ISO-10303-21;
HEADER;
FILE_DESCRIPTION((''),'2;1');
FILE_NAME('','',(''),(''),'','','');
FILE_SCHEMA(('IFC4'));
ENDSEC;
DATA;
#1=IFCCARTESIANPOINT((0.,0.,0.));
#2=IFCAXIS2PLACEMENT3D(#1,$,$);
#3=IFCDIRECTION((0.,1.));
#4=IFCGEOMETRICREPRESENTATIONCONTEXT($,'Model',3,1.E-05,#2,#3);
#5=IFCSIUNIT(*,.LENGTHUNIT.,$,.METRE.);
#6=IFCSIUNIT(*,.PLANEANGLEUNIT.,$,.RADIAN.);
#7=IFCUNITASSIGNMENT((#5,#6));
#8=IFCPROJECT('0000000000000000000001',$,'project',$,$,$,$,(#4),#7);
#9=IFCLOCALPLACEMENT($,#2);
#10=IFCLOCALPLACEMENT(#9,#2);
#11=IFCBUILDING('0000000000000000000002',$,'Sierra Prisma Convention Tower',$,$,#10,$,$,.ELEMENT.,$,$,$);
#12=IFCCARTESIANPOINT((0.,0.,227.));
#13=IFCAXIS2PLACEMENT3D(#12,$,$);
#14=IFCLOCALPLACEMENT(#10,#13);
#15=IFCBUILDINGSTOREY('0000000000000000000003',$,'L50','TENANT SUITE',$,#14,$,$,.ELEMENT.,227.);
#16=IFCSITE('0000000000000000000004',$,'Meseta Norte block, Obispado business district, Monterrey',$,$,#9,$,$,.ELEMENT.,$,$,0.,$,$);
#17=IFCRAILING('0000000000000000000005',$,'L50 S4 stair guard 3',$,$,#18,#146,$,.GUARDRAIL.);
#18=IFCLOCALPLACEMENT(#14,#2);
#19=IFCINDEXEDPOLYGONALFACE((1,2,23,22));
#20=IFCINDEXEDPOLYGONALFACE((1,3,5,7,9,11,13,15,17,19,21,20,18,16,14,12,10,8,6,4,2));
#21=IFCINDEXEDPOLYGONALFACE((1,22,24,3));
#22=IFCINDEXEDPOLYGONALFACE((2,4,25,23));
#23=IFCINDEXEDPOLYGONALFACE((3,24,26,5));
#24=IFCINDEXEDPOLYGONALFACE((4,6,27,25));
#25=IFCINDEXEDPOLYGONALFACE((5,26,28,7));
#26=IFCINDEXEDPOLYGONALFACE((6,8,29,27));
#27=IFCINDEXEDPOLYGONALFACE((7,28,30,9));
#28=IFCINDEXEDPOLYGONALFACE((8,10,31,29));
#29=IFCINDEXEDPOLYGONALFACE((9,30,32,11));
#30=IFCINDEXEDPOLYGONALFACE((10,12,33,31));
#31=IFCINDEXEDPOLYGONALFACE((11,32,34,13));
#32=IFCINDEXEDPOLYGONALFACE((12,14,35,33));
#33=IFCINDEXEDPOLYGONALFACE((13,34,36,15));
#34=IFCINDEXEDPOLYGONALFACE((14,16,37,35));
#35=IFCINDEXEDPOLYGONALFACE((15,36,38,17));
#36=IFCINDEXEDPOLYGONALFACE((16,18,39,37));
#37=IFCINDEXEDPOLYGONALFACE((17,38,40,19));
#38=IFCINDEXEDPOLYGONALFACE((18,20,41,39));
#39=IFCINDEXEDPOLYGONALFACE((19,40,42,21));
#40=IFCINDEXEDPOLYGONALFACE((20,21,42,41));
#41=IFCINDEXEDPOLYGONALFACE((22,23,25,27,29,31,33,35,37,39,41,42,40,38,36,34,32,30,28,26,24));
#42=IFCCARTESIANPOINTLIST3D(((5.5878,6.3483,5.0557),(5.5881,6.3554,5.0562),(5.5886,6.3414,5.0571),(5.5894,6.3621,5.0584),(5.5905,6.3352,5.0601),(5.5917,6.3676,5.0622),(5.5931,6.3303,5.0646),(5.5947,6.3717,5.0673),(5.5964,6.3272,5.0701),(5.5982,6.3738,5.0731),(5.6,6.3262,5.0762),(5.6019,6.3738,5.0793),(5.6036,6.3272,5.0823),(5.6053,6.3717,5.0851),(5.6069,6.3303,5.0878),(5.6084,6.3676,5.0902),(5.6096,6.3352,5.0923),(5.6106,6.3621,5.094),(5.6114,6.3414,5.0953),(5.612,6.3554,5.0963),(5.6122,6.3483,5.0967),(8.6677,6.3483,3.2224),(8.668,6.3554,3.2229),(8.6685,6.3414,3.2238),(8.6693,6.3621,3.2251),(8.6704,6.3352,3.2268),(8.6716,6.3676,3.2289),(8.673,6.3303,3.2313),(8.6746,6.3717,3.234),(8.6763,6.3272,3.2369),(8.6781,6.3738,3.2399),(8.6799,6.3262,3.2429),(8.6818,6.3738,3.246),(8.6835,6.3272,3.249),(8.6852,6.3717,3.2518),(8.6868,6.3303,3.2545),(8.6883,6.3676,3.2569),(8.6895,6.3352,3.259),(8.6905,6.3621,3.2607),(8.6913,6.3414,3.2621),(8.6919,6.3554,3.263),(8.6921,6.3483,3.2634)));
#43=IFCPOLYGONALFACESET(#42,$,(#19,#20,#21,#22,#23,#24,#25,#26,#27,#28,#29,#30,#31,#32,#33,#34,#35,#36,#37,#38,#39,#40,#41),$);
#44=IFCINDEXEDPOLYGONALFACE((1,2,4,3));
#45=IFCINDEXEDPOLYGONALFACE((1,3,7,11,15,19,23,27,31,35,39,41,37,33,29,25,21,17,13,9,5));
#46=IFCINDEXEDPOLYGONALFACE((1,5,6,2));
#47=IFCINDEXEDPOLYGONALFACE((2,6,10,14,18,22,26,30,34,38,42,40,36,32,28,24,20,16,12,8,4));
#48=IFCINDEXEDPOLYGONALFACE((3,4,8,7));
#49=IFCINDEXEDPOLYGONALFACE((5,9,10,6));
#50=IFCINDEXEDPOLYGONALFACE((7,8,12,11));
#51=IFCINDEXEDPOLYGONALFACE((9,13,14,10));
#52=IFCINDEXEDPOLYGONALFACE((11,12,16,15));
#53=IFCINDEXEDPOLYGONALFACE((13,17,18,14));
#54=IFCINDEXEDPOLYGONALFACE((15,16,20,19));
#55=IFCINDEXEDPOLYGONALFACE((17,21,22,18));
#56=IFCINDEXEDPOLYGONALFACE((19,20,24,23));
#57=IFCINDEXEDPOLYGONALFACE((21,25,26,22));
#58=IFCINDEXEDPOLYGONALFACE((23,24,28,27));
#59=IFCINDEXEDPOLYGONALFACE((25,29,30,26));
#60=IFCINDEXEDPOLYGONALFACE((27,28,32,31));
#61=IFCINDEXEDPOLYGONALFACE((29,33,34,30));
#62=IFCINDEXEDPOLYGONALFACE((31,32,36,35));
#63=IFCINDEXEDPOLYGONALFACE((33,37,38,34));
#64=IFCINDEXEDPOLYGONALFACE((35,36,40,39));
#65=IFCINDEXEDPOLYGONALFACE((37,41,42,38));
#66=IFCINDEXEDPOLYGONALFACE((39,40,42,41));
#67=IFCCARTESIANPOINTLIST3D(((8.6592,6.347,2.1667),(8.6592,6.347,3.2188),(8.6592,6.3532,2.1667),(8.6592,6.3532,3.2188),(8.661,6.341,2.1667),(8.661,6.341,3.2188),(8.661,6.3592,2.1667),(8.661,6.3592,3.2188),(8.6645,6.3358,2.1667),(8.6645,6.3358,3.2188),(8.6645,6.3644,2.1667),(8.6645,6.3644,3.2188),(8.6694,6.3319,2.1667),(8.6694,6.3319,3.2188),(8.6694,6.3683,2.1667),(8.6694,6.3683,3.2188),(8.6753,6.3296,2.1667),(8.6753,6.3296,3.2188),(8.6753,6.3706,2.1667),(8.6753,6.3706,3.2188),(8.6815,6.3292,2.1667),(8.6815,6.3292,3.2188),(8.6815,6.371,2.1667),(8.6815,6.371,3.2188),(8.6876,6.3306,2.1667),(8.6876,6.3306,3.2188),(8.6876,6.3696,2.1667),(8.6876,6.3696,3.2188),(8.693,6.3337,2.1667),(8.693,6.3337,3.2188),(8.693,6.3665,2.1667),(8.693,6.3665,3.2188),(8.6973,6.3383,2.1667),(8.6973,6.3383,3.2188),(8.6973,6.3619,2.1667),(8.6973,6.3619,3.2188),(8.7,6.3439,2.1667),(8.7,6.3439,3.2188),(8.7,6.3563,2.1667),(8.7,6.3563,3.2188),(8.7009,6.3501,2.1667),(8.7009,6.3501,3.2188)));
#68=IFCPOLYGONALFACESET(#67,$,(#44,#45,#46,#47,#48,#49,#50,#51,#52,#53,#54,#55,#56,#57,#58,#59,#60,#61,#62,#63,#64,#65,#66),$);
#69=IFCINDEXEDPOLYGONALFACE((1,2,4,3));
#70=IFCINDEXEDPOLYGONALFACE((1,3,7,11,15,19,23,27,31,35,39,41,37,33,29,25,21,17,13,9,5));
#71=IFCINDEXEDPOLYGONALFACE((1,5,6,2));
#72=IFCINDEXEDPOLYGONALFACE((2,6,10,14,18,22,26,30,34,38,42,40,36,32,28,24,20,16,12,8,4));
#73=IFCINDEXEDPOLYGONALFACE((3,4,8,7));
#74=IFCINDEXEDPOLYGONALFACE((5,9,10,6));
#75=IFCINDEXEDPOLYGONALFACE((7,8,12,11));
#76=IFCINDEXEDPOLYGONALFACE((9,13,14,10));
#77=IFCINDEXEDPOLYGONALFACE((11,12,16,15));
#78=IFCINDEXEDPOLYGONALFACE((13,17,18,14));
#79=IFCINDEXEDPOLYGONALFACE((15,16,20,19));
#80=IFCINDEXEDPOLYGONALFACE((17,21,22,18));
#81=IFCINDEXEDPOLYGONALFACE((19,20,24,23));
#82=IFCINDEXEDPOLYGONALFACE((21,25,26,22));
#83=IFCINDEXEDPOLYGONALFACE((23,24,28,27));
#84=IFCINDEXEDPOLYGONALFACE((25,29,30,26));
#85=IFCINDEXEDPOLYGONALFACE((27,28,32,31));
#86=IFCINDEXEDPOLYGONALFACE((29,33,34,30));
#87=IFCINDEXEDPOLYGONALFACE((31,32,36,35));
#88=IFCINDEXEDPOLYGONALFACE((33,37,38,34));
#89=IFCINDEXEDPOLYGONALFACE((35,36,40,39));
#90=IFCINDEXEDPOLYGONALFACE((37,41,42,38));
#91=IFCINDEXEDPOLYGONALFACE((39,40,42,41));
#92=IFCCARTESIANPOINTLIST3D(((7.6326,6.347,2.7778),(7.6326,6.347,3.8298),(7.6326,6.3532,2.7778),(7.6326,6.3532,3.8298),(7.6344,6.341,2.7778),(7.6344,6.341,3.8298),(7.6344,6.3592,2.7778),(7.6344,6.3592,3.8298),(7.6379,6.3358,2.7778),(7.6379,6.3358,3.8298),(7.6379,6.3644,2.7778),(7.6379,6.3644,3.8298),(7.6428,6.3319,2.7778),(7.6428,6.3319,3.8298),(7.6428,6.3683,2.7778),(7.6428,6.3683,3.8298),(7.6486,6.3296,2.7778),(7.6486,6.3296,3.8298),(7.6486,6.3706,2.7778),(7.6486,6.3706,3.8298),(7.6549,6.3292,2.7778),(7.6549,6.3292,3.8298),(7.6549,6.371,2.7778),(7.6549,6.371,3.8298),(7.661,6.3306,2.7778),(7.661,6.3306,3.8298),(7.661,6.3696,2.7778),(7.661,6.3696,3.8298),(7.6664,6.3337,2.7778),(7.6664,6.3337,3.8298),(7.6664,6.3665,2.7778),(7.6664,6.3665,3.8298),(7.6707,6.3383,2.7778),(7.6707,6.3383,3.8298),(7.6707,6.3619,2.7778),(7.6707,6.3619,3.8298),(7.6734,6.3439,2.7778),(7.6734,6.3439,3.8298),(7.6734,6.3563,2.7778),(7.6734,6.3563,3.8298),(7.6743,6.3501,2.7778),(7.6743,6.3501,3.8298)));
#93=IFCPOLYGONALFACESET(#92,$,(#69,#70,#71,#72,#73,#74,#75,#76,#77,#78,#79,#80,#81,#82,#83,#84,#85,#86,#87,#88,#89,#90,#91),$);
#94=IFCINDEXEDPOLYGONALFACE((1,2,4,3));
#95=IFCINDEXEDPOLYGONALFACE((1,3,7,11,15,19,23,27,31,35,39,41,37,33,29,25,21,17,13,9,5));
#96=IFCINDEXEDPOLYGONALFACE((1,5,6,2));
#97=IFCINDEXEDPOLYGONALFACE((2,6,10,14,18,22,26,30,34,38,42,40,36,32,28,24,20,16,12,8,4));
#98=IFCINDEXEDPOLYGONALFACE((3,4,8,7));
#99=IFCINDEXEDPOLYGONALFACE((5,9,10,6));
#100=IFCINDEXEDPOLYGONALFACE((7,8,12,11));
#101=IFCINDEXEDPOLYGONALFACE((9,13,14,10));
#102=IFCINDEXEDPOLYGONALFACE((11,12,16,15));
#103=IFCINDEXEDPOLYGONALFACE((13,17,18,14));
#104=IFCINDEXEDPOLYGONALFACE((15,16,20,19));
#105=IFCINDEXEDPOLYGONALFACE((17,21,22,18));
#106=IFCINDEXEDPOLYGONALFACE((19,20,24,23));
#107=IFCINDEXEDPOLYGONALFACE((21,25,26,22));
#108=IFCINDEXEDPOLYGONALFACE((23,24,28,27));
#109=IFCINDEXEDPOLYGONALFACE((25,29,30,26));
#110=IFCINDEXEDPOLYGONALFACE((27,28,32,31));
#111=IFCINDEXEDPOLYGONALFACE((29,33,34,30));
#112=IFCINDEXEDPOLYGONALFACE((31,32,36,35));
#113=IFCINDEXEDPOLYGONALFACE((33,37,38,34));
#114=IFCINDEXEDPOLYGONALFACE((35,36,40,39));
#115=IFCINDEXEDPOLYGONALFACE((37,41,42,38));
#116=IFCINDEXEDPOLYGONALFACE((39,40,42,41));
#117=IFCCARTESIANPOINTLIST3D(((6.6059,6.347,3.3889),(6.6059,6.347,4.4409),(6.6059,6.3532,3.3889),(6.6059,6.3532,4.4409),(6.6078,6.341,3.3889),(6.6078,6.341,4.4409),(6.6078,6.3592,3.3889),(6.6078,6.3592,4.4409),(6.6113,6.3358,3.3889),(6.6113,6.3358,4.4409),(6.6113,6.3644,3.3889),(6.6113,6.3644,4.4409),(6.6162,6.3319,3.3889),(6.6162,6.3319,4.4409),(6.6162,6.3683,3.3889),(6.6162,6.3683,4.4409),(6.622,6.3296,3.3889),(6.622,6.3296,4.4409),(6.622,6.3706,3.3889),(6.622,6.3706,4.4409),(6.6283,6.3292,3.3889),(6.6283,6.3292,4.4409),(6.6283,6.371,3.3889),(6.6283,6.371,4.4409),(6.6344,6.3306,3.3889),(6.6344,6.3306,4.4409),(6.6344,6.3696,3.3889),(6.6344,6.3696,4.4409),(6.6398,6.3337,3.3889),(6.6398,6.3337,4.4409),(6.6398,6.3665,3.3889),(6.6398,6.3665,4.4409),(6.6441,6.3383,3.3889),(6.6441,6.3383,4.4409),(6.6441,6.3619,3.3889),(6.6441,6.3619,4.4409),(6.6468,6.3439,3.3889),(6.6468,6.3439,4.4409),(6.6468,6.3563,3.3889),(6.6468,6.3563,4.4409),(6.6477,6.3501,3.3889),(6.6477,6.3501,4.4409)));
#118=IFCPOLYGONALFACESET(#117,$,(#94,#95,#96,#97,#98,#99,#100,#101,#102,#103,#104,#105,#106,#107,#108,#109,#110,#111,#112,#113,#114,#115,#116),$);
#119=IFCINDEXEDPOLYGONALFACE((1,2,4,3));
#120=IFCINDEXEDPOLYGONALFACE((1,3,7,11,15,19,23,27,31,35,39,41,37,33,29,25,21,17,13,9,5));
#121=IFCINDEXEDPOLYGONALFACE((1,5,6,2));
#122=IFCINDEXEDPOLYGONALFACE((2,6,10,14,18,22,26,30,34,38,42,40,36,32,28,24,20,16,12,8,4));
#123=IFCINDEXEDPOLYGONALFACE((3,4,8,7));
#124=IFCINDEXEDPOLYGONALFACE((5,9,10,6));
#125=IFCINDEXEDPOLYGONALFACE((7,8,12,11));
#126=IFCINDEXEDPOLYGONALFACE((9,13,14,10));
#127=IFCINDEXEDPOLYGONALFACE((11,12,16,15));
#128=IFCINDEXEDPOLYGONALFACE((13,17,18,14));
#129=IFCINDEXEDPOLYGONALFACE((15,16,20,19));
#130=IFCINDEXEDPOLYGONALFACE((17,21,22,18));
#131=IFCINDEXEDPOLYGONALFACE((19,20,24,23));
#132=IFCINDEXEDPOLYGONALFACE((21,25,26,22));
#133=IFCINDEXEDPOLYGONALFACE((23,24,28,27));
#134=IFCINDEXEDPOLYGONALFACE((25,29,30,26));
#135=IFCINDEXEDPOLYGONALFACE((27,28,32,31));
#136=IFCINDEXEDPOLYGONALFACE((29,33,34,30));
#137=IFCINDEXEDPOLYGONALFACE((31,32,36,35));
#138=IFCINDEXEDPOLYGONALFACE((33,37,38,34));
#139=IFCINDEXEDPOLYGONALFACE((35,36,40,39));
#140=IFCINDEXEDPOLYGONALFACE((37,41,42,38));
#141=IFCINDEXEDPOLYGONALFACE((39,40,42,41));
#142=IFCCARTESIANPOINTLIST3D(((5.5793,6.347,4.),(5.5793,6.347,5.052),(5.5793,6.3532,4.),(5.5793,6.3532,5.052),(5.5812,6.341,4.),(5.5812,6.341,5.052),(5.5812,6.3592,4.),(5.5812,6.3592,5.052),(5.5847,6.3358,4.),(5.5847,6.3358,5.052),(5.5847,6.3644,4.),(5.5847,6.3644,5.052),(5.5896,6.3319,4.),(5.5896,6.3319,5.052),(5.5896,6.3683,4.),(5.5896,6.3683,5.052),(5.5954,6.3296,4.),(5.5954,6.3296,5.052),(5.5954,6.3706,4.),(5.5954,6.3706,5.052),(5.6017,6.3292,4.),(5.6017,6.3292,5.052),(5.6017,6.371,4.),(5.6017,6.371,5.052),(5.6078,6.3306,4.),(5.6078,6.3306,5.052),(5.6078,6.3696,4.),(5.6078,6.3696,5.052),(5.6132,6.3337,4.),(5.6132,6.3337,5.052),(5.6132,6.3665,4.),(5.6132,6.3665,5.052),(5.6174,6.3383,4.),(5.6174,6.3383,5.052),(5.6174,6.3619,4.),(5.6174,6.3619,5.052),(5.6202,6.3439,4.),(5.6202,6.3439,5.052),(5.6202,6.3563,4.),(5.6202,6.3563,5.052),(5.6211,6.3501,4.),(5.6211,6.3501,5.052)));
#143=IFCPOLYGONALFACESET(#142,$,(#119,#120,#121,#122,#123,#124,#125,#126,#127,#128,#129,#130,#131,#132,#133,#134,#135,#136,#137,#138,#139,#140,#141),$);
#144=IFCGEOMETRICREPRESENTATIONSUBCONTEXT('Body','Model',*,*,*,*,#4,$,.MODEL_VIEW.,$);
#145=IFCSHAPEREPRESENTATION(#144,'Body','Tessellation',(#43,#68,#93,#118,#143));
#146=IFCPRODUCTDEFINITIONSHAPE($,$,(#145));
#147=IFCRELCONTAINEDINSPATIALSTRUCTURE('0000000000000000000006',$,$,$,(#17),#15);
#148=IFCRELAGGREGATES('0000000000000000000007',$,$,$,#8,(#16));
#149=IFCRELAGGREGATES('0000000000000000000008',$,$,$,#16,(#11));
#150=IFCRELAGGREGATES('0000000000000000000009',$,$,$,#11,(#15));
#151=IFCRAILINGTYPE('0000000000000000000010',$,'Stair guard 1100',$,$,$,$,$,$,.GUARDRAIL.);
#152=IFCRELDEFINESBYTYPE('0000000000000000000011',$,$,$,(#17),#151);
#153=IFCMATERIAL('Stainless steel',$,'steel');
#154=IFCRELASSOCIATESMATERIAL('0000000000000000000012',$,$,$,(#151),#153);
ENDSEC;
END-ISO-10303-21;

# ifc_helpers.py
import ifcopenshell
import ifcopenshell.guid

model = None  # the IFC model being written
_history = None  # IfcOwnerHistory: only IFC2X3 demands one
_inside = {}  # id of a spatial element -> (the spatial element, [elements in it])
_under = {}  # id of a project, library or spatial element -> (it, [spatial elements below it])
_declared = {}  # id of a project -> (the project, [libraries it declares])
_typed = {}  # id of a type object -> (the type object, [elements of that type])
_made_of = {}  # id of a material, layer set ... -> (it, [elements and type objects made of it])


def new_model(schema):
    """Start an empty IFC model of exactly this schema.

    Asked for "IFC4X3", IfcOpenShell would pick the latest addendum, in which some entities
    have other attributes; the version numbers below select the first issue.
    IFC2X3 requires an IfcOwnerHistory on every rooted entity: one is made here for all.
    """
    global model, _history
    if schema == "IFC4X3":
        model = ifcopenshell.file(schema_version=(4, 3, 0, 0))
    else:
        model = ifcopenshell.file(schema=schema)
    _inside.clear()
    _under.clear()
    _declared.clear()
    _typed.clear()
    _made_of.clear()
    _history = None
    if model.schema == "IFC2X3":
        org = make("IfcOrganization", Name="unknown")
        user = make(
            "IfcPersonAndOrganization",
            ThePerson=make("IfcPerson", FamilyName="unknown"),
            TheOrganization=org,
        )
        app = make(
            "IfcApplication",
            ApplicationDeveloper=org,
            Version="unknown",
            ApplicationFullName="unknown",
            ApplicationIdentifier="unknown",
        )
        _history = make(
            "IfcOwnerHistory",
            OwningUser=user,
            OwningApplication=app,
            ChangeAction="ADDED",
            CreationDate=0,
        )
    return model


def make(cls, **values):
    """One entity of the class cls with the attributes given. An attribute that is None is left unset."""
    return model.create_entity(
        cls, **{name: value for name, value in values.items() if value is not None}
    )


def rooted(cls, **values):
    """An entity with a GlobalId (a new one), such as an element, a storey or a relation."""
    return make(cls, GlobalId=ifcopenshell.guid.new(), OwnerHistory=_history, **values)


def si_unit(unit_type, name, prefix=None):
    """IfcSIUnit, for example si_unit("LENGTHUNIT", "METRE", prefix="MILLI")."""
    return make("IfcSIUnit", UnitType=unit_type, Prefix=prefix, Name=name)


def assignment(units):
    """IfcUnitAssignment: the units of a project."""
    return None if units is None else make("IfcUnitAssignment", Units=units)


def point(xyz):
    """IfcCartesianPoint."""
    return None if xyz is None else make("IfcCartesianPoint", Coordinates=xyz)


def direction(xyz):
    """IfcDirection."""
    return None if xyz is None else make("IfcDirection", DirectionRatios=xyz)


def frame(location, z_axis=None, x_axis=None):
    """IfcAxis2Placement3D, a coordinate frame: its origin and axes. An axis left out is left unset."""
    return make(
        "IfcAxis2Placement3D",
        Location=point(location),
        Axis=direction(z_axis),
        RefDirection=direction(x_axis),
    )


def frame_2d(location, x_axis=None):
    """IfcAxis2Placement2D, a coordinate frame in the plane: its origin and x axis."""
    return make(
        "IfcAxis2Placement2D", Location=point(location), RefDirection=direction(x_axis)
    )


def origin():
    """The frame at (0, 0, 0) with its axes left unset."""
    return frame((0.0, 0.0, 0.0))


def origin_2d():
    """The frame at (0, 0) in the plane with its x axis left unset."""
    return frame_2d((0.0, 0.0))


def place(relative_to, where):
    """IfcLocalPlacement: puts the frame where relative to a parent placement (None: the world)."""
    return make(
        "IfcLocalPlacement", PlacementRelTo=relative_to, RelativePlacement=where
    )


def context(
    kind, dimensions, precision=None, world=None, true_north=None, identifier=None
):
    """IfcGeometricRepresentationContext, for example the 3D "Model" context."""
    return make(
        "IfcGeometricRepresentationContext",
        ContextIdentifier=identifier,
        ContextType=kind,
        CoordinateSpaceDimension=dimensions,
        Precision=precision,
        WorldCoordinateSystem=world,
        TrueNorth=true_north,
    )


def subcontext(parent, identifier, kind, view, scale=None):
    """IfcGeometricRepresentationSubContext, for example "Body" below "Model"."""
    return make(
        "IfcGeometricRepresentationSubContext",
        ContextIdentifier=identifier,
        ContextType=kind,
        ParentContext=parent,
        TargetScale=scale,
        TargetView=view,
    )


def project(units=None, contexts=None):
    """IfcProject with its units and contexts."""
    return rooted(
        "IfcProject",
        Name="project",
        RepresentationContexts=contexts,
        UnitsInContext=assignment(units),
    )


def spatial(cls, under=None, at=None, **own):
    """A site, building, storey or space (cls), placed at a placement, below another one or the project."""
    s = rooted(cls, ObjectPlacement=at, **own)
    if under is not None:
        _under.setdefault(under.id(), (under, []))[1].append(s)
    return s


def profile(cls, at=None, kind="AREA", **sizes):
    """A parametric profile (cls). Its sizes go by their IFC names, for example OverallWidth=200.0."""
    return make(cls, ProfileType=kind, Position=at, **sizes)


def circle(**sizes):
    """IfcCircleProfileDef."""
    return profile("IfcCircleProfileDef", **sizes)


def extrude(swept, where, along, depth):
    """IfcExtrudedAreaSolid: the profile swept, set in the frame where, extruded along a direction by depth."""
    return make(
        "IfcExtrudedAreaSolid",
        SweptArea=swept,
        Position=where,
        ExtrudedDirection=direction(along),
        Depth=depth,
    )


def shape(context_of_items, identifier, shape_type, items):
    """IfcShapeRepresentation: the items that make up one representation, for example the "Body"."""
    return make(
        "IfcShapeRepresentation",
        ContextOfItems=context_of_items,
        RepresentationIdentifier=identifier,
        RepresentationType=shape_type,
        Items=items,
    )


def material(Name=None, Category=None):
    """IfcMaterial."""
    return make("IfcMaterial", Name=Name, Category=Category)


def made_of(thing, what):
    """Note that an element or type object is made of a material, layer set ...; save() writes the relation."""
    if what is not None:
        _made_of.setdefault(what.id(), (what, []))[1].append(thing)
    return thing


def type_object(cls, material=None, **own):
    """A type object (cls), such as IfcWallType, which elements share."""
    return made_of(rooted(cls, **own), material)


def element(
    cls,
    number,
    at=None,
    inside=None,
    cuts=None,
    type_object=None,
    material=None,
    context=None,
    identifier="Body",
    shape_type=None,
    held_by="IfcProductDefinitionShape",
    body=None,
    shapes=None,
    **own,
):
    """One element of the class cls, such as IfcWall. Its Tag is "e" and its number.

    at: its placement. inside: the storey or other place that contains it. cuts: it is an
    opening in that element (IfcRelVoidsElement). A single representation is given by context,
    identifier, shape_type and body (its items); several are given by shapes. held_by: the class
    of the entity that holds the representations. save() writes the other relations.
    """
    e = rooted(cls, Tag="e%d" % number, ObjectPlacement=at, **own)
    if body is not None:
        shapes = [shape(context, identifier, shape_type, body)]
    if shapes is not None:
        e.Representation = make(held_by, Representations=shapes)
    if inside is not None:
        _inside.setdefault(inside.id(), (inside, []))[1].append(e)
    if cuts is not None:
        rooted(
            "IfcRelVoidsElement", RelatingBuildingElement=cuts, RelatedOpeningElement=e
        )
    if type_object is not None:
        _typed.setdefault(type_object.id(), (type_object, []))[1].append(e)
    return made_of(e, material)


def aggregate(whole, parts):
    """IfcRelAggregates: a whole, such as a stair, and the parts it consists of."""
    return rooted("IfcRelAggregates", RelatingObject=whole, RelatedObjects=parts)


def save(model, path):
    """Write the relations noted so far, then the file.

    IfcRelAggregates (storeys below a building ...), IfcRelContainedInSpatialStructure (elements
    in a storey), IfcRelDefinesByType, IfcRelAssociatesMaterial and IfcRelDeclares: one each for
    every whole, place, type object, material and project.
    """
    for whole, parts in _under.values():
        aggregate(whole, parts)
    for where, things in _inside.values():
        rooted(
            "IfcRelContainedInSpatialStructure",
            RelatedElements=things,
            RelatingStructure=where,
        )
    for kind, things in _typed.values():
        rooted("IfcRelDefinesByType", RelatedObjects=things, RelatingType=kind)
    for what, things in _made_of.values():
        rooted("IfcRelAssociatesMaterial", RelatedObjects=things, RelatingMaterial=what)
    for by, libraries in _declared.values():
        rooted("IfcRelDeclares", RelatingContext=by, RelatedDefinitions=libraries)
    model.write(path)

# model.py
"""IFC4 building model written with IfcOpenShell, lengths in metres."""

from ifc_helpers import new_model, si_unit, direction, frame, origin, origin_2d, place, context, subcontext, project, spatial, circle, extrude, material, type_object, element, save


model = new_model("IFC4")

# Units and contexts
model_context = context("Model", 3, precision=1e-05, world=origin(), true_north=direction((0.0, 1.0)))
body_context = subcontext(model_context, "Body", "Model", "MODEL_VIEW")
ifc_project = project(units=[si_unit("LENGTHUNIT", "METRE"), si_unit("PLANEANGLEUNIT", "RADIAN")], contexts=[model_context])

# Site, building, storey
site_placement = place(None, origin())
site = spatial("IfcSite", under=ifc_project, at=site_placement, Name="Meseta Norte block, Obispado business district, Monterrey", CompositionType="ELEMENT", RefElevation=0.0)
building_placement = place(site_placement, origin())
building = spatial("IfcBuilding", under=site, at=building_placement, Name="Sierra Prisma Convention Tower", CompositionType="ELEMENT")
storey_placement = place(building_placement, frame((0.0, 0.0, 227.0)))
storey = spatial("IfcBuildingStorey", under=building, at=storey_placement, Name="L50", Description="TENANT SUITE", CompositionType="ELEMENT", Elevation=227.0)

# Railing
ifc_material_1 = material(Name="Stainless steel", Category="steel")
railing_type_1 = type_object("IfcRailingType", Name="Stair guard 1100", PredefinedType="GUARDRAIL", material=ifc_material_1)
railing_1_placement = place(storey_placement, frame((8.6799, 6.3501, 2.1667)))
element("IfcRailing", 1, at=railing_1_placement, inside=storey, type_object=railing_type_1, Name="L50 S4 stair guard 3", PredefinedType="GUARDRAIL", context=body_context, shape_type="SweptSolid", body=[
    extrude(circle(Radius=0.0239, at=origin_2d()), frame((0.0, 0.0, 1.0762), z_axis=(-0.859291, 0.0, 0.511487), x_axis=(0.0, -1.0, 0.0)), (0.0, 0.0, 1.0), 3.5842),
    extrude(circle(Radius=0.021, at=origin_2d()), origin(), (0.0, 0.0, 1.0), 1.052),
    extrude(circle(Radius=0.021, at=origin_2d()), frame((-1.0266, 0.0, 0.6111)), (0.0, 0.0, 1.0), 1.052),
    extrude(circle(Radius=0.021, at=origin_2d()), frame((-2.0532, 0.0, 1.2222)), (0.0, 0.0, 1.0), 1.052),
    extrude(circle(Radius=0.021, at=origin_2d()), frame((-3.0798, 0.0, 1.8333)), (0.0, 0.0, 1.0), 1.052),
])

save(model, "model.ifc")
